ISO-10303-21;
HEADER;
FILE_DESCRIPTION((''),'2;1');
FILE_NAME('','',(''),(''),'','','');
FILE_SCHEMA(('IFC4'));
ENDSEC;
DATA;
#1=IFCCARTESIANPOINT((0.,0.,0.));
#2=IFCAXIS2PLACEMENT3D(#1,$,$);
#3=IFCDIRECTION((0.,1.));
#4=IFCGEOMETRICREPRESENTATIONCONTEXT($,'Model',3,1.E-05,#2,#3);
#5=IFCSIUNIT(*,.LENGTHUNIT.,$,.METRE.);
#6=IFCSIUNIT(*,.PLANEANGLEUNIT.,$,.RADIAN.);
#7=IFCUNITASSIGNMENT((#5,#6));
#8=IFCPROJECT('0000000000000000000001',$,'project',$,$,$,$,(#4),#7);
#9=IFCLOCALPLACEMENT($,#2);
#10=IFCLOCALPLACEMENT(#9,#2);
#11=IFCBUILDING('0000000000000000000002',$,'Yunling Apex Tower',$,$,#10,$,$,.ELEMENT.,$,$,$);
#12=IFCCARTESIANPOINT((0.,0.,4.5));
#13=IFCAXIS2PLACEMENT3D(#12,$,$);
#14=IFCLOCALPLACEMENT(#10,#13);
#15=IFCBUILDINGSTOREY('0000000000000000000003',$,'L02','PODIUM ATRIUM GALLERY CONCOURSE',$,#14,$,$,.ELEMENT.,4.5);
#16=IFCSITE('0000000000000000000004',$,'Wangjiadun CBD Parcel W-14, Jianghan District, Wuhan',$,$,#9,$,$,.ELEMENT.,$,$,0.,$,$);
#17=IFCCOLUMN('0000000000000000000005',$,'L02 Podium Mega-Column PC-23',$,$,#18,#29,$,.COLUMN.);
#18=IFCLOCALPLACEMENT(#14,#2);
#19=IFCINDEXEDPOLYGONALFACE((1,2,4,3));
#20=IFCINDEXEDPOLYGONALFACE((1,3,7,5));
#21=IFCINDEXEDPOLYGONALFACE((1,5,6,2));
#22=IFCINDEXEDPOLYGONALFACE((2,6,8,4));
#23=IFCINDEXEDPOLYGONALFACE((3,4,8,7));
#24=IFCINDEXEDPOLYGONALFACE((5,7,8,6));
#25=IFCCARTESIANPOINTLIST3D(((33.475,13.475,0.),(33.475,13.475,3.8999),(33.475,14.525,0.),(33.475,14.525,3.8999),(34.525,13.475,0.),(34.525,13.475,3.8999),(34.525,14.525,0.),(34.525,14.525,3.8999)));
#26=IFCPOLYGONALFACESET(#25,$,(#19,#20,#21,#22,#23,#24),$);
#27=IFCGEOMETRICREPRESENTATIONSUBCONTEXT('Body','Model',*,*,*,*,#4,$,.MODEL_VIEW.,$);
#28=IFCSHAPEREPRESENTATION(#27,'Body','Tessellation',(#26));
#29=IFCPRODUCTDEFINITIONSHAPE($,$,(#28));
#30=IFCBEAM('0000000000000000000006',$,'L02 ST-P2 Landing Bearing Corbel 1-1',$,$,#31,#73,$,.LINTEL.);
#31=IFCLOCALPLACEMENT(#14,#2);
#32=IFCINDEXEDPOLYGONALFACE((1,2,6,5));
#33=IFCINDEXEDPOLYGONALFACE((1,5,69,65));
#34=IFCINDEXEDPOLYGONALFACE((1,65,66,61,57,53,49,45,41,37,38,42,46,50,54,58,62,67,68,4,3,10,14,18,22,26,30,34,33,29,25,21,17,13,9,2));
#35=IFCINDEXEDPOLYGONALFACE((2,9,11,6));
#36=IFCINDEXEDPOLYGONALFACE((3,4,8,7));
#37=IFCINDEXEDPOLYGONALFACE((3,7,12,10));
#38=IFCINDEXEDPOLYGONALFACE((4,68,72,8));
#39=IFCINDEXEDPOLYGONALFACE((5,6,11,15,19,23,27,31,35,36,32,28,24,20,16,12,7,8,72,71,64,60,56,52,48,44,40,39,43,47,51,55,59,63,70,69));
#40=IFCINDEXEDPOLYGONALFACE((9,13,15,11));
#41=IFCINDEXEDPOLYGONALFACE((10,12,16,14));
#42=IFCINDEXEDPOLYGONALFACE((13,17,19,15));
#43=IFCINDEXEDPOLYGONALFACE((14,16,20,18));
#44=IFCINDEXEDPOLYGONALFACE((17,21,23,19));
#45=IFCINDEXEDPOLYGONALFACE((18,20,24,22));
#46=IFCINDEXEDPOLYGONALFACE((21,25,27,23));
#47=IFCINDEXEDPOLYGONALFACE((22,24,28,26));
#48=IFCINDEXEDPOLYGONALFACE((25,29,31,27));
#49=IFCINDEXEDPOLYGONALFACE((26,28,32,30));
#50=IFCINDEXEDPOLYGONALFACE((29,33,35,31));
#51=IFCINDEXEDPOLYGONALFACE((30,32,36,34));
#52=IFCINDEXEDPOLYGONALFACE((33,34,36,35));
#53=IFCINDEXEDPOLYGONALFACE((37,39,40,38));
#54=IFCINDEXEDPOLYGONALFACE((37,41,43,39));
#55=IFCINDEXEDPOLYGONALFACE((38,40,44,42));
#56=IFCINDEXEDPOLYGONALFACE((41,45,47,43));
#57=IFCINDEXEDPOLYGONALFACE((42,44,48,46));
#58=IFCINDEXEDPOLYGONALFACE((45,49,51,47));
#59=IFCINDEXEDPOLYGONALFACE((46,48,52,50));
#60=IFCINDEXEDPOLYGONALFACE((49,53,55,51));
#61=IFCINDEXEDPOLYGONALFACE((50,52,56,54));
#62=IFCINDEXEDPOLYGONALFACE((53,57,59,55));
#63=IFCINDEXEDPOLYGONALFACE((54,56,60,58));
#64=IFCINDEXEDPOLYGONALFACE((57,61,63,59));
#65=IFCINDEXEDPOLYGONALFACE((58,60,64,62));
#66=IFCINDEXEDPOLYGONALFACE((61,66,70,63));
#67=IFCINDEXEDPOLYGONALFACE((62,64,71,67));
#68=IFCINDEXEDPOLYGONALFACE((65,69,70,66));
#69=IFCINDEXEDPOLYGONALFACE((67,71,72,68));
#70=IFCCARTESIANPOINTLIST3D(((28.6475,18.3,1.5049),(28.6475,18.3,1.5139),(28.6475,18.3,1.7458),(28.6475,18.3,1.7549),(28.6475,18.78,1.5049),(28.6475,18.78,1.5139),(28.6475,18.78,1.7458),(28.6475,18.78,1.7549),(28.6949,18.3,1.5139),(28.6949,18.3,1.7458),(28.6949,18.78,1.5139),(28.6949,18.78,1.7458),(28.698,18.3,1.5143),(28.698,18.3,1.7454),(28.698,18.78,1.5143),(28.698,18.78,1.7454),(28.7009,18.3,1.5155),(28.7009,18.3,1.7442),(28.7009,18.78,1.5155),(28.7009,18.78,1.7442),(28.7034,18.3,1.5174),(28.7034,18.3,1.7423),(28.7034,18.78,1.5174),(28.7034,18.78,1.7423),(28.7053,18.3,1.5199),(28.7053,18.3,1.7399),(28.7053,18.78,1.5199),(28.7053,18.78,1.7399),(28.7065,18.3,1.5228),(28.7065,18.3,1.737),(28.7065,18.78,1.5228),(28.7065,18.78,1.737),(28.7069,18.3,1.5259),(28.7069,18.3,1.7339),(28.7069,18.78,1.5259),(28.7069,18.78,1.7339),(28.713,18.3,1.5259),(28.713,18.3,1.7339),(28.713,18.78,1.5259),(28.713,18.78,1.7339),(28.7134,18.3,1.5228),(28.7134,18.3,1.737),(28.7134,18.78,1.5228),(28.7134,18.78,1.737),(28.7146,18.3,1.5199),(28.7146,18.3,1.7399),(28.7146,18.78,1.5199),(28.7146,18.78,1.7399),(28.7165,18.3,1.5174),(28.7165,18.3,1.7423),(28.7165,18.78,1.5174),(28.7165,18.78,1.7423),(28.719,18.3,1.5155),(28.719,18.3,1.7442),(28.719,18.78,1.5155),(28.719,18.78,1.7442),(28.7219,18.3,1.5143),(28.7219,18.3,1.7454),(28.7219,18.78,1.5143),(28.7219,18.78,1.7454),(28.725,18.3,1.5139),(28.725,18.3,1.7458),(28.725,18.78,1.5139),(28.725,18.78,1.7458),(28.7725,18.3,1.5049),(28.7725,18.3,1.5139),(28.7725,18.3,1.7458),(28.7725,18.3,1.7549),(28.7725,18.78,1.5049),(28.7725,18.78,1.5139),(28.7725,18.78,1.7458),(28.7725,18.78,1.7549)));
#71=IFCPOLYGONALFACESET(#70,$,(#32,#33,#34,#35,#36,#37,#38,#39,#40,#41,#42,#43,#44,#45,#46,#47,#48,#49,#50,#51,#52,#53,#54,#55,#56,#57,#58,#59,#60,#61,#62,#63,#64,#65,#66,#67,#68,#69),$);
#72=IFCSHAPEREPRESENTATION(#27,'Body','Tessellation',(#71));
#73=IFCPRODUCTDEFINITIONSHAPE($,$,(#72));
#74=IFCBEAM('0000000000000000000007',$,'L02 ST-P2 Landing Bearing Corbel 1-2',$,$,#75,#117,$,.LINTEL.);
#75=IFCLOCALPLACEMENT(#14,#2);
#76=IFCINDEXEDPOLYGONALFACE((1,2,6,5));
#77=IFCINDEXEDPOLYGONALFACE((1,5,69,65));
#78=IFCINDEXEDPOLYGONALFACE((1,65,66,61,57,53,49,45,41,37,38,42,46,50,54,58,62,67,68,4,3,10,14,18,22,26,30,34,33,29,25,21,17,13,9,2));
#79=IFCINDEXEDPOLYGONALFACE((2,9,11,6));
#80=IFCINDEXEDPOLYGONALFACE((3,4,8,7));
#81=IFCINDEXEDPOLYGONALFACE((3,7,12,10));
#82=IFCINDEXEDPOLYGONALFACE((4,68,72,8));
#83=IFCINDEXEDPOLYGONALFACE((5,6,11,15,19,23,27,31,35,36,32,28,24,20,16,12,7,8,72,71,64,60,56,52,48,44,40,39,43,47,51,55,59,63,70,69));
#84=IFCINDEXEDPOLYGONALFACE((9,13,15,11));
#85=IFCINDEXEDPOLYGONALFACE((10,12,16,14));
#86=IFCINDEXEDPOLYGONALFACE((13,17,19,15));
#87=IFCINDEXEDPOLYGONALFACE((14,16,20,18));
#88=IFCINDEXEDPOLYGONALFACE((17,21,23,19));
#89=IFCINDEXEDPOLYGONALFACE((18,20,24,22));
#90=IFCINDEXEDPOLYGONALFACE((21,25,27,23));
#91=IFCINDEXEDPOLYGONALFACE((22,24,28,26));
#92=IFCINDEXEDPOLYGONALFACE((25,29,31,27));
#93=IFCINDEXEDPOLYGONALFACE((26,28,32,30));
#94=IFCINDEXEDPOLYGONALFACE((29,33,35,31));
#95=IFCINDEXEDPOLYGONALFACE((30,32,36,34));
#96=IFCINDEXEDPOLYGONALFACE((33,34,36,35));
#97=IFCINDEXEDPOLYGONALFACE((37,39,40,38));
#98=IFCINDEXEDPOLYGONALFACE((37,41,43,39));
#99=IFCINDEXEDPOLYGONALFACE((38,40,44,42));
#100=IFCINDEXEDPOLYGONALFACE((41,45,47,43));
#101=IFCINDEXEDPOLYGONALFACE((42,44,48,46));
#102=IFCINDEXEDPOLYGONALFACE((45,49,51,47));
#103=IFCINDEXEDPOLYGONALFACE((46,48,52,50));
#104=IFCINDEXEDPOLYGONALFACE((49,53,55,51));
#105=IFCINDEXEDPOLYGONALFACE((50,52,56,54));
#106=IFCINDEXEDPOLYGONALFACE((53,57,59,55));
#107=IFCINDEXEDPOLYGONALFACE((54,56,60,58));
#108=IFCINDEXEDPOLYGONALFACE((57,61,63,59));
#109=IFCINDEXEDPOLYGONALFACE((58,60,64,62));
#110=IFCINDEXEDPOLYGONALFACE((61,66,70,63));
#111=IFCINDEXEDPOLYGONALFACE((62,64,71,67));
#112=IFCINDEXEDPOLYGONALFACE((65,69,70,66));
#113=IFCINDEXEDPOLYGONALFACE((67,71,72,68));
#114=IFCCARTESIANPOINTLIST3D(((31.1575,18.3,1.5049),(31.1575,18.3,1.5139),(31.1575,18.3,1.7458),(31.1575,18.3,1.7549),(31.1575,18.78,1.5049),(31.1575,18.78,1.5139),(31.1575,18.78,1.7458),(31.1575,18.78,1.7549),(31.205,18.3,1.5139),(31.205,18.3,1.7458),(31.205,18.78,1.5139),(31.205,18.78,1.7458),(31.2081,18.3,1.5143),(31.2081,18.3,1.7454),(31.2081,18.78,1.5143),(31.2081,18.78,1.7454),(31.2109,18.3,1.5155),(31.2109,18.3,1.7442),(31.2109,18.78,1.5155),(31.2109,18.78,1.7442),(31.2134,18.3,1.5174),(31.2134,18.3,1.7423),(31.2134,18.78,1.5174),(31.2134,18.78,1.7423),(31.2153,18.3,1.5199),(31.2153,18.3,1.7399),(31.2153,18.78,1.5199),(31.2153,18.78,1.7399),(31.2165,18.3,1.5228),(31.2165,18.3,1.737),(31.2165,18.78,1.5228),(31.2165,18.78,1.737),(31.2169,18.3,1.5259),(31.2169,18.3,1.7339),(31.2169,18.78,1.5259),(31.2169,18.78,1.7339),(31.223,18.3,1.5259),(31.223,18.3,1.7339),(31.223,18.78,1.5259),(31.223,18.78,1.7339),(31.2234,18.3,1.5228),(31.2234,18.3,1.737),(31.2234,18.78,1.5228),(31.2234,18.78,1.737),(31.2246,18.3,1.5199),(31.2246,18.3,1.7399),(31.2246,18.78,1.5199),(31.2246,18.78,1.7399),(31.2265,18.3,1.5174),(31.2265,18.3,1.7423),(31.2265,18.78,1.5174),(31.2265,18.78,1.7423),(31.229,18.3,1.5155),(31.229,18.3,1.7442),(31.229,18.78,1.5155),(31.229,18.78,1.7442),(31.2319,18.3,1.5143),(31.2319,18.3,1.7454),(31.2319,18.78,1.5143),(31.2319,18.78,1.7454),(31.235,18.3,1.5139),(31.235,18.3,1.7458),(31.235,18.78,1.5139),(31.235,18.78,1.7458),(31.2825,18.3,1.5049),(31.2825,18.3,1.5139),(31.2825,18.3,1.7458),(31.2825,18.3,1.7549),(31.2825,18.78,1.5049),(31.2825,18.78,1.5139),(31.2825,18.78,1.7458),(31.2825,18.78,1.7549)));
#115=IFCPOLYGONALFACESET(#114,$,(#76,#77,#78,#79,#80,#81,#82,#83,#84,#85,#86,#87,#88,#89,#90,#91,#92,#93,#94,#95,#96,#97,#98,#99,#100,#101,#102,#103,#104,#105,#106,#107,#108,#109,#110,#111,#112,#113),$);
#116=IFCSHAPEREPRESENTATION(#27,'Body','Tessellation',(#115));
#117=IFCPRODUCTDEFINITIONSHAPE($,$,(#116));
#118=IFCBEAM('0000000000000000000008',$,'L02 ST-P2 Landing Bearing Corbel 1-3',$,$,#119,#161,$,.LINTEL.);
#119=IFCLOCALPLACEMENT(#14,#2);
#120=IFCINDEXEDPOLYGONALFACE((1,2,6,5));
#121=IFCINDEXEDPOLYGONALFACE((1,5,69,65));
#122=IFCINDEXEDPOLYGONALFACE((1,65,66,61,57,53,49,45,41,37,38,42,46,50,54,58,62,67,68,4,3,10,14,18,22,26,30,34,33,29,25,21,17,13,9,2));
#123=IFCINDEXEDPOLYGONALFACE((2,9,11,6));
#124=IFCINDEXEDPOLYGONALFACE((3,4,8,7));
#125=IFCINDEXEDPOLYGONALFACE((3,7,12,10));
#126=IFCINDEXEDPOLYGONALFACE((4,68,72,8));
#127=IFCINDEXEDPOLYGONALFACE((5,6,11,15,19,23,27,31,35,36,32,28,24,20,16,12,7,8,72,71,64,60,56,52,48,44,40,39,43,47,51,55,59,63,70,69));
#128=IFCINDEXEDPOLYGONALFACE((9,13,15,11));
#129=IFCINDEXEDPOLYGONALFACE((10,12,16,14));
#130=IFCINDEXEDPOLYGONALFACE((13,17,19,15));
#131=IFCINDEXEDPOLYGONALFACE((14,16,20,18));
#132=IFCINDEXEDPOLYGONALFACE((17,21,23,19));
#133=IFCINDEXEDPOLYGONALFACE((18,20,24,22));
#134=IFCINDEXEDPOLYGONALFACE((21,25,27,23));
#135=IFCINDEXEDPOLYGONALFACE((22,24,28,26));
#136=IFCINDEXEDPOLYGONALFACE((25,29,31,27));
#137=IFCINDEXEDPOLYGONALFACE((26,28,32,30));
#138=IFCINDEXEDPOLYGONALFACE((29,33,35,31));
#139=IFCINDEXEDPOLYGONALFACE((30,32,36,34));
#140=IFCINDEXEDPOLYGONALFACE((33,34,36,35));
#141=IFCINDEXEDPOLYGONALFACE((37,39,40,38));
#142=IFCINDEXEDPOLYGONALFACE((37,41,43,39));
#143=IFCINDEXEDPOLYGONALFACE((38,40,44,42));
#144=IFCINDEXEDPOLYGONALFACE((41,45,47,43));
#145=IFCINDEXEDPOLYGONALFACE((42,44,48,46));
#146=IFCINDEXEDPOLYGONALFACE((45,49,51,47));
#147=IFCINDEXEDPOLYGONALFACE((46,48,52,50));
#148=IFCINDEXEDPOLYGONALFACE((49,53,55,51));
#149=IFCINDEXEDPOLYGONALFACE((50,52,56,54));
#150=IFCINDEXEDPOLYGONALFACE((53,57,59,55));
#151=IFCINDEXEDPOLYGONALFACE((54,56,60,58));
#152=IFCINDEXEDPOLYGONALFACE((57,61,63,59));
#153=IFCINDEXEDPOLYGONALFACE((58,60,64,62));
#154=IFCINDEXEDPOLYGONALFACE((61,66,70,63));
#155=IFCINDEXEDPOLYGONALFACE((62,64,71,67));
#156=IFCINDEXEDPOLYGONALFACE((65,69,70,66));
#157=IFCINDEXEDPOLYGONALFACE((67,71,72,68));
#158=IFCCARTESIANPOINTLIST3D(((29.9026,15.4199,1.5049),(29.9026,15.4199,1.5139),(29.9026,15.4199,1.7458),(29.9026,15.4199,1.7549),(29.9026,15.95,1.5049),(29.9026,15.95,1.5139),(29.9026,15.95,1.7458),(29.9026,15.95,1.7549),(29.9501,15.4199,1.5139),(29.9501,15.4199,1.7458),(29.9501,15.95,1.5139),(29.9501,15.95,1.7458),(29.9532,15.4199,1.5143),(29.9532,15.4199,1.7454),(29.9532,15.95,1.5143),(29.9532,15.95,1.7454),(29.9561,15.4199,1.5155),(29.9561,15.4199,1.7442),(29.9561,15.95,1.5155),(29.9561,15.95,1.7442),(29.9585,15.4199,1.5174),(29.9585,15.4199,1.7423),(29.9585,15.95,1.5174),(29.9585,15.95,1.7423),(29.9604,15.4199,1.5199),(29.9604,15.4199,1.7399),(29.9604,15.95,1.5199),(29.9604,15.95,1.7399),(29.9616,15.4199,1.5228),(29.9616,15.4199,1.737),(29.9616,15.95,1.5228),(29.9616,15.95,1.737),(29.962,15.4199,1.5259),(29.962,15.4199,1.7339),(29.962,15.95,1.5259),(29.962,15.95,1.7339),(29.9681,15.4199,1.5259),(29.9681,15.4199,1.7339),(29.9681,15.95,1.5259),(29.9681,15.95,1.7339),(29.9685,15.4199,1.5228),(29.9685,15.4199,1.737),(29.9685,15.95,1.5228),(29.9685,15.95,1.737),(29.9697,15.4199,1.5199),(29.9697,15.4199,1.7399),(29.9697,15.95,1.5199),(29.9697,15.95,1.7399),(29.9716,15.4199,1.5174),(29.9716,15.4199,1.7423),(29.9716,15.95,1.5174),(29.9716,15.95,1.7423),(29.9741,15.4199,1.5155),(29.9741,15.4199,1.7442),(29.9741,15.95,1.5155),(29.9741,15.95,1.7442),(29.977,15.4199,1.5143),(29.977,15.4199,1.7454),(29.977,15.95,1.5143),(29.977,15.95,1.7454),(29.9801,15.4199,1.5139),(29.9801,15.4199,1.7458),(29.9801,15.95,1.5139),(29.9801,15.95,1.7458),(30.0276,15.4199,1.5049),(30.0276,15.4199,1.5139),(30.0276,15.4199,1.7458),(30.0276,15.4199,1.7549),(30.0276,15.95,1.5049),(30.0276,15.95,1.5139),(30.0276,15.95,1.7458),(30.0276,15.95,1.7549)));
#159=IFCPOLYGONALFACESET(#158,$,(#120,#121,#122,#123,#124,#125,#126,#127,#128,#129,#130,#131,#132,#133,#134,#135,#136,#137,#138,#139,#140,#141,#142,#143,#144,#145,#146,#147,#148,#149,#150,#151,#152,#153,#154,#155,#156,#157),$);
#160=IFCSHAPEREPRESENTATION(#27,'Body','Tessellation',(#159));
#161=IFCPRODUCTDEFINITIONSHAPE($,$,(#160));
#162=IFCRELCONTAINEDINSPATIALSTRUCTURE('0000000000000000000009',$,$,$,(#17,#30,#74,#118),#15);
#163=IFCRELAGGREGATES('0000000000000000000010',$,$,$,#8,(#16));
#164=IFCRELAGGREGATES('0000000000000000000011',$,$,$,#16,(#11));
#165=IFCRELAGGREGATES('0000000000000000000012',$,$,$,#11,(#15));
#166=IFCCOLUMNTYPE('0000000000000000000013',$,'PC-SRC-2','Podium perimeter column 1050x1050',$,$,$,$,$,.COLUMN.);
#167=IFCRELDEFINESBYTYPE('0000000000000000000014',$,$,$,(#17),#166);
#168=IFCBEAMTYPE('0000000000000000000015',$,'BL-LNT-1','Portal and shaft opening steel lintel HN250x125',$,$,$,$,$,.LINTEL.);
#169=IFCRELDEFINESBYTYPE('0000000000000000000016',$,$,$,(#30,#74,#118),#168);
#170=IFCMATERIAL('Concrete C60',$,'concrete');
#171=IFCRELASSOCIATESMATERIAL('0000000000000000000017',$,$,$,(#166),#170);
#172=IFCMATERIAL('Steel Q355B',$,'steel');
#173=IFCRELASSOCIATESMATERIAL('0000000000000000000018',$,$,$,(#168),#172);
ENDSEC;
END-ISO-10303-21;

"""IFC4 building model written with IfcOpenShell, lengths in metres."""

from ifc_helpers import new_model, si_unit, direction, frame, origin, origin_2d, place, context, subcontext, project, spatial, rectangle, i_section, extrude, source, transform, mapped, material, material_profile, profile_set, type_object, element, save


model = new_model("IFC4")

# Units and contexts
model_context = context("Model", 3, precision=1e-05, world=origin(), true_north=direction((0.0, 1.0)))
body_context = subcontext(model_context, "Body", "Model", "MODEL_VIEW")
ifc_project = project(units=[si_unit("LENGTHUNIT", "METRE"), si_unit("PLANEANGLEUNIT", "RADIAN")], contexts=[model_context])

# Site, building, storey
site_placement = place(None, origin())
site = spatial("IfcSite", under=ifc_project, at=site_placement, Name="Wangjiadun CBD Parcel W-14, Jianghan District, Wuhan", CompositionType="ELEMENT", RefElevation=0.0)
building_placement = place(site_placement, origin())
building = spatial("IfcBuilding", under=site, at=building_placement, Name="Yunling Apex Tower", CompositionType="ELEMENT")
storey_placement = place(building_placement, frame((0.0, 0.0, 4.5)))
storey = spatial("IfcBuildingStorey", under=building, at=storey_placement, Name="L02", Description="PODIUM ATRIUM GALLERY CONCOURSE", CompositionType="ELEMENT", Elevation=4.5)

# Column
ifc_material_1 = material(Name="Concrete C60", Category="concrete")
ifc_material_profile_1 = material_profile(ifc_material_1, rectangle(XDim=1.05, YDim=1.05, at=origin_2d()))
ifc_profile_set_1 = profile_set([ifc_material_profile_1], Name="Concrete C60")
column_type = type_object("IfcColumnType", Name="PC-SRC-2", Description="Podium perimeter column 1050x1050", PredefinedType="COLUMN", material=ifc_profile_set_1)
shared_shape_1 = source(origin(), body_context, "Body", "SweptSolid", [
    extrude(rectangle(XDim=1.05, YDim=1.05, at=origin_2d()), origin(), (0.0, 0.0, 1.0), 3.8999),
])
column_placement = place(storey_placement, frame((34.0, 14.0, 0.0), z_axis=(0.0, 0.0, 1.0), x_axis=(1.0, 0.0, 0.0)))
element("IfcColumn", 1, at=column_placement, inside=storey, type_object=column_type, Name="L02 Podium Mega-Column PC-23", PredefinedType="COLUMN", context=body_context, shape_type="MappedRepresentation", body=[
    mapped(shared_shape_1, transform((0.0, 0.0, 0.0), scale=1.0)),
])

# Beams
ifc_material_2 = material(Name="Steel Q355B", Category="steel")
ifc_material_profile_2 = material_profile(ifc_material_2, i_section(OverallWidth=0.125, OverallDepth=0.25, WebThickness=0.0061, FlangeThickness=0.009, FilletRadius=0.012, at=origin_2d()))
ifc_profile_set_2 = profile_set([ifc_material_profile_2], Name="Steel Q355B")
beam_type_1 = type_object("IfcBeamType", Name="BL-LNT-1", Description="Portal and shaft opening steel lintel HN250x125", PredefinedType="LINTEL", material=ifc_profile_set_2)
shared_shape_2 = source(origin(), body_context, "Body", "SweptSolid", [
    extrude(i_section(OverallWidth=0.125, OverallDepth=0.25, WebThickness=0.0061, FlangeThickness=0.009, FilletRadius=0.012, at=origin_2d()), origin(), (0.0, 0.0, 1.0), 0.48),
])
for number, where, z_axis, x_axis, name in (
    (2, (28.71, 18.78, 1.6299), (0.0, -1.0, 0.0), (1.0, 0.0, 0.0), "L02 ST-P2 Landing Bearing Corbel 1-1"),
    (3, (31.22, 18.78, 1.6299), (0.0, -1.0, 0.0), (1.0, 0.0, 0.0), "L02 ST-P2 Landing Bearing Corbel 1-2"),
):
    element("IfcBeam", number, at=place(storey_placement, frame(where, z_axis=z_axis, x_axis=x_axis)), inside=storey, type_object=beam_type_1, Name=name, PredefinedType="LINTEL", context=body_context, shape_type="MappedRepresentation", body=[
        mapped(shared_shape_2, transform((0.0, 0.0, 0.0), scale=1.0)),
    ])
shared_shape_3 = source(origin(), body_context, "Body", "SweptSolid", [
    extrude(i_section(OverallWidth=0.125, OverallDepth=0.25, WebThickness=0.0061, FlangeThickness=0.009, FilletRadius=0.012, at=origin_2d()), origin(), (0.0, 0.0, 1.0), 0.53),
])
beam_1_placement = place(storey_placement, frame((29.9651, 15.4199, 1.6299), z_axis=(0.0, 1.0, 0.0), x_axis=(-1.0, 0.0, 0.0)))
element("IfcBeam", 4, at=beam_1_placement, inside=storey, type_object=beam_type_1, Name="L02 ST-P2 Landing Bearing Corbel 1-3", PredefinedType="LINTEL", context=body_context, shape_type="MappedRepresentation", body=[
    mapped(shared_shape_3, transform((0.0, 0.0, 0.0), scale=1.0)),
])

save(model, "model.ifc")
